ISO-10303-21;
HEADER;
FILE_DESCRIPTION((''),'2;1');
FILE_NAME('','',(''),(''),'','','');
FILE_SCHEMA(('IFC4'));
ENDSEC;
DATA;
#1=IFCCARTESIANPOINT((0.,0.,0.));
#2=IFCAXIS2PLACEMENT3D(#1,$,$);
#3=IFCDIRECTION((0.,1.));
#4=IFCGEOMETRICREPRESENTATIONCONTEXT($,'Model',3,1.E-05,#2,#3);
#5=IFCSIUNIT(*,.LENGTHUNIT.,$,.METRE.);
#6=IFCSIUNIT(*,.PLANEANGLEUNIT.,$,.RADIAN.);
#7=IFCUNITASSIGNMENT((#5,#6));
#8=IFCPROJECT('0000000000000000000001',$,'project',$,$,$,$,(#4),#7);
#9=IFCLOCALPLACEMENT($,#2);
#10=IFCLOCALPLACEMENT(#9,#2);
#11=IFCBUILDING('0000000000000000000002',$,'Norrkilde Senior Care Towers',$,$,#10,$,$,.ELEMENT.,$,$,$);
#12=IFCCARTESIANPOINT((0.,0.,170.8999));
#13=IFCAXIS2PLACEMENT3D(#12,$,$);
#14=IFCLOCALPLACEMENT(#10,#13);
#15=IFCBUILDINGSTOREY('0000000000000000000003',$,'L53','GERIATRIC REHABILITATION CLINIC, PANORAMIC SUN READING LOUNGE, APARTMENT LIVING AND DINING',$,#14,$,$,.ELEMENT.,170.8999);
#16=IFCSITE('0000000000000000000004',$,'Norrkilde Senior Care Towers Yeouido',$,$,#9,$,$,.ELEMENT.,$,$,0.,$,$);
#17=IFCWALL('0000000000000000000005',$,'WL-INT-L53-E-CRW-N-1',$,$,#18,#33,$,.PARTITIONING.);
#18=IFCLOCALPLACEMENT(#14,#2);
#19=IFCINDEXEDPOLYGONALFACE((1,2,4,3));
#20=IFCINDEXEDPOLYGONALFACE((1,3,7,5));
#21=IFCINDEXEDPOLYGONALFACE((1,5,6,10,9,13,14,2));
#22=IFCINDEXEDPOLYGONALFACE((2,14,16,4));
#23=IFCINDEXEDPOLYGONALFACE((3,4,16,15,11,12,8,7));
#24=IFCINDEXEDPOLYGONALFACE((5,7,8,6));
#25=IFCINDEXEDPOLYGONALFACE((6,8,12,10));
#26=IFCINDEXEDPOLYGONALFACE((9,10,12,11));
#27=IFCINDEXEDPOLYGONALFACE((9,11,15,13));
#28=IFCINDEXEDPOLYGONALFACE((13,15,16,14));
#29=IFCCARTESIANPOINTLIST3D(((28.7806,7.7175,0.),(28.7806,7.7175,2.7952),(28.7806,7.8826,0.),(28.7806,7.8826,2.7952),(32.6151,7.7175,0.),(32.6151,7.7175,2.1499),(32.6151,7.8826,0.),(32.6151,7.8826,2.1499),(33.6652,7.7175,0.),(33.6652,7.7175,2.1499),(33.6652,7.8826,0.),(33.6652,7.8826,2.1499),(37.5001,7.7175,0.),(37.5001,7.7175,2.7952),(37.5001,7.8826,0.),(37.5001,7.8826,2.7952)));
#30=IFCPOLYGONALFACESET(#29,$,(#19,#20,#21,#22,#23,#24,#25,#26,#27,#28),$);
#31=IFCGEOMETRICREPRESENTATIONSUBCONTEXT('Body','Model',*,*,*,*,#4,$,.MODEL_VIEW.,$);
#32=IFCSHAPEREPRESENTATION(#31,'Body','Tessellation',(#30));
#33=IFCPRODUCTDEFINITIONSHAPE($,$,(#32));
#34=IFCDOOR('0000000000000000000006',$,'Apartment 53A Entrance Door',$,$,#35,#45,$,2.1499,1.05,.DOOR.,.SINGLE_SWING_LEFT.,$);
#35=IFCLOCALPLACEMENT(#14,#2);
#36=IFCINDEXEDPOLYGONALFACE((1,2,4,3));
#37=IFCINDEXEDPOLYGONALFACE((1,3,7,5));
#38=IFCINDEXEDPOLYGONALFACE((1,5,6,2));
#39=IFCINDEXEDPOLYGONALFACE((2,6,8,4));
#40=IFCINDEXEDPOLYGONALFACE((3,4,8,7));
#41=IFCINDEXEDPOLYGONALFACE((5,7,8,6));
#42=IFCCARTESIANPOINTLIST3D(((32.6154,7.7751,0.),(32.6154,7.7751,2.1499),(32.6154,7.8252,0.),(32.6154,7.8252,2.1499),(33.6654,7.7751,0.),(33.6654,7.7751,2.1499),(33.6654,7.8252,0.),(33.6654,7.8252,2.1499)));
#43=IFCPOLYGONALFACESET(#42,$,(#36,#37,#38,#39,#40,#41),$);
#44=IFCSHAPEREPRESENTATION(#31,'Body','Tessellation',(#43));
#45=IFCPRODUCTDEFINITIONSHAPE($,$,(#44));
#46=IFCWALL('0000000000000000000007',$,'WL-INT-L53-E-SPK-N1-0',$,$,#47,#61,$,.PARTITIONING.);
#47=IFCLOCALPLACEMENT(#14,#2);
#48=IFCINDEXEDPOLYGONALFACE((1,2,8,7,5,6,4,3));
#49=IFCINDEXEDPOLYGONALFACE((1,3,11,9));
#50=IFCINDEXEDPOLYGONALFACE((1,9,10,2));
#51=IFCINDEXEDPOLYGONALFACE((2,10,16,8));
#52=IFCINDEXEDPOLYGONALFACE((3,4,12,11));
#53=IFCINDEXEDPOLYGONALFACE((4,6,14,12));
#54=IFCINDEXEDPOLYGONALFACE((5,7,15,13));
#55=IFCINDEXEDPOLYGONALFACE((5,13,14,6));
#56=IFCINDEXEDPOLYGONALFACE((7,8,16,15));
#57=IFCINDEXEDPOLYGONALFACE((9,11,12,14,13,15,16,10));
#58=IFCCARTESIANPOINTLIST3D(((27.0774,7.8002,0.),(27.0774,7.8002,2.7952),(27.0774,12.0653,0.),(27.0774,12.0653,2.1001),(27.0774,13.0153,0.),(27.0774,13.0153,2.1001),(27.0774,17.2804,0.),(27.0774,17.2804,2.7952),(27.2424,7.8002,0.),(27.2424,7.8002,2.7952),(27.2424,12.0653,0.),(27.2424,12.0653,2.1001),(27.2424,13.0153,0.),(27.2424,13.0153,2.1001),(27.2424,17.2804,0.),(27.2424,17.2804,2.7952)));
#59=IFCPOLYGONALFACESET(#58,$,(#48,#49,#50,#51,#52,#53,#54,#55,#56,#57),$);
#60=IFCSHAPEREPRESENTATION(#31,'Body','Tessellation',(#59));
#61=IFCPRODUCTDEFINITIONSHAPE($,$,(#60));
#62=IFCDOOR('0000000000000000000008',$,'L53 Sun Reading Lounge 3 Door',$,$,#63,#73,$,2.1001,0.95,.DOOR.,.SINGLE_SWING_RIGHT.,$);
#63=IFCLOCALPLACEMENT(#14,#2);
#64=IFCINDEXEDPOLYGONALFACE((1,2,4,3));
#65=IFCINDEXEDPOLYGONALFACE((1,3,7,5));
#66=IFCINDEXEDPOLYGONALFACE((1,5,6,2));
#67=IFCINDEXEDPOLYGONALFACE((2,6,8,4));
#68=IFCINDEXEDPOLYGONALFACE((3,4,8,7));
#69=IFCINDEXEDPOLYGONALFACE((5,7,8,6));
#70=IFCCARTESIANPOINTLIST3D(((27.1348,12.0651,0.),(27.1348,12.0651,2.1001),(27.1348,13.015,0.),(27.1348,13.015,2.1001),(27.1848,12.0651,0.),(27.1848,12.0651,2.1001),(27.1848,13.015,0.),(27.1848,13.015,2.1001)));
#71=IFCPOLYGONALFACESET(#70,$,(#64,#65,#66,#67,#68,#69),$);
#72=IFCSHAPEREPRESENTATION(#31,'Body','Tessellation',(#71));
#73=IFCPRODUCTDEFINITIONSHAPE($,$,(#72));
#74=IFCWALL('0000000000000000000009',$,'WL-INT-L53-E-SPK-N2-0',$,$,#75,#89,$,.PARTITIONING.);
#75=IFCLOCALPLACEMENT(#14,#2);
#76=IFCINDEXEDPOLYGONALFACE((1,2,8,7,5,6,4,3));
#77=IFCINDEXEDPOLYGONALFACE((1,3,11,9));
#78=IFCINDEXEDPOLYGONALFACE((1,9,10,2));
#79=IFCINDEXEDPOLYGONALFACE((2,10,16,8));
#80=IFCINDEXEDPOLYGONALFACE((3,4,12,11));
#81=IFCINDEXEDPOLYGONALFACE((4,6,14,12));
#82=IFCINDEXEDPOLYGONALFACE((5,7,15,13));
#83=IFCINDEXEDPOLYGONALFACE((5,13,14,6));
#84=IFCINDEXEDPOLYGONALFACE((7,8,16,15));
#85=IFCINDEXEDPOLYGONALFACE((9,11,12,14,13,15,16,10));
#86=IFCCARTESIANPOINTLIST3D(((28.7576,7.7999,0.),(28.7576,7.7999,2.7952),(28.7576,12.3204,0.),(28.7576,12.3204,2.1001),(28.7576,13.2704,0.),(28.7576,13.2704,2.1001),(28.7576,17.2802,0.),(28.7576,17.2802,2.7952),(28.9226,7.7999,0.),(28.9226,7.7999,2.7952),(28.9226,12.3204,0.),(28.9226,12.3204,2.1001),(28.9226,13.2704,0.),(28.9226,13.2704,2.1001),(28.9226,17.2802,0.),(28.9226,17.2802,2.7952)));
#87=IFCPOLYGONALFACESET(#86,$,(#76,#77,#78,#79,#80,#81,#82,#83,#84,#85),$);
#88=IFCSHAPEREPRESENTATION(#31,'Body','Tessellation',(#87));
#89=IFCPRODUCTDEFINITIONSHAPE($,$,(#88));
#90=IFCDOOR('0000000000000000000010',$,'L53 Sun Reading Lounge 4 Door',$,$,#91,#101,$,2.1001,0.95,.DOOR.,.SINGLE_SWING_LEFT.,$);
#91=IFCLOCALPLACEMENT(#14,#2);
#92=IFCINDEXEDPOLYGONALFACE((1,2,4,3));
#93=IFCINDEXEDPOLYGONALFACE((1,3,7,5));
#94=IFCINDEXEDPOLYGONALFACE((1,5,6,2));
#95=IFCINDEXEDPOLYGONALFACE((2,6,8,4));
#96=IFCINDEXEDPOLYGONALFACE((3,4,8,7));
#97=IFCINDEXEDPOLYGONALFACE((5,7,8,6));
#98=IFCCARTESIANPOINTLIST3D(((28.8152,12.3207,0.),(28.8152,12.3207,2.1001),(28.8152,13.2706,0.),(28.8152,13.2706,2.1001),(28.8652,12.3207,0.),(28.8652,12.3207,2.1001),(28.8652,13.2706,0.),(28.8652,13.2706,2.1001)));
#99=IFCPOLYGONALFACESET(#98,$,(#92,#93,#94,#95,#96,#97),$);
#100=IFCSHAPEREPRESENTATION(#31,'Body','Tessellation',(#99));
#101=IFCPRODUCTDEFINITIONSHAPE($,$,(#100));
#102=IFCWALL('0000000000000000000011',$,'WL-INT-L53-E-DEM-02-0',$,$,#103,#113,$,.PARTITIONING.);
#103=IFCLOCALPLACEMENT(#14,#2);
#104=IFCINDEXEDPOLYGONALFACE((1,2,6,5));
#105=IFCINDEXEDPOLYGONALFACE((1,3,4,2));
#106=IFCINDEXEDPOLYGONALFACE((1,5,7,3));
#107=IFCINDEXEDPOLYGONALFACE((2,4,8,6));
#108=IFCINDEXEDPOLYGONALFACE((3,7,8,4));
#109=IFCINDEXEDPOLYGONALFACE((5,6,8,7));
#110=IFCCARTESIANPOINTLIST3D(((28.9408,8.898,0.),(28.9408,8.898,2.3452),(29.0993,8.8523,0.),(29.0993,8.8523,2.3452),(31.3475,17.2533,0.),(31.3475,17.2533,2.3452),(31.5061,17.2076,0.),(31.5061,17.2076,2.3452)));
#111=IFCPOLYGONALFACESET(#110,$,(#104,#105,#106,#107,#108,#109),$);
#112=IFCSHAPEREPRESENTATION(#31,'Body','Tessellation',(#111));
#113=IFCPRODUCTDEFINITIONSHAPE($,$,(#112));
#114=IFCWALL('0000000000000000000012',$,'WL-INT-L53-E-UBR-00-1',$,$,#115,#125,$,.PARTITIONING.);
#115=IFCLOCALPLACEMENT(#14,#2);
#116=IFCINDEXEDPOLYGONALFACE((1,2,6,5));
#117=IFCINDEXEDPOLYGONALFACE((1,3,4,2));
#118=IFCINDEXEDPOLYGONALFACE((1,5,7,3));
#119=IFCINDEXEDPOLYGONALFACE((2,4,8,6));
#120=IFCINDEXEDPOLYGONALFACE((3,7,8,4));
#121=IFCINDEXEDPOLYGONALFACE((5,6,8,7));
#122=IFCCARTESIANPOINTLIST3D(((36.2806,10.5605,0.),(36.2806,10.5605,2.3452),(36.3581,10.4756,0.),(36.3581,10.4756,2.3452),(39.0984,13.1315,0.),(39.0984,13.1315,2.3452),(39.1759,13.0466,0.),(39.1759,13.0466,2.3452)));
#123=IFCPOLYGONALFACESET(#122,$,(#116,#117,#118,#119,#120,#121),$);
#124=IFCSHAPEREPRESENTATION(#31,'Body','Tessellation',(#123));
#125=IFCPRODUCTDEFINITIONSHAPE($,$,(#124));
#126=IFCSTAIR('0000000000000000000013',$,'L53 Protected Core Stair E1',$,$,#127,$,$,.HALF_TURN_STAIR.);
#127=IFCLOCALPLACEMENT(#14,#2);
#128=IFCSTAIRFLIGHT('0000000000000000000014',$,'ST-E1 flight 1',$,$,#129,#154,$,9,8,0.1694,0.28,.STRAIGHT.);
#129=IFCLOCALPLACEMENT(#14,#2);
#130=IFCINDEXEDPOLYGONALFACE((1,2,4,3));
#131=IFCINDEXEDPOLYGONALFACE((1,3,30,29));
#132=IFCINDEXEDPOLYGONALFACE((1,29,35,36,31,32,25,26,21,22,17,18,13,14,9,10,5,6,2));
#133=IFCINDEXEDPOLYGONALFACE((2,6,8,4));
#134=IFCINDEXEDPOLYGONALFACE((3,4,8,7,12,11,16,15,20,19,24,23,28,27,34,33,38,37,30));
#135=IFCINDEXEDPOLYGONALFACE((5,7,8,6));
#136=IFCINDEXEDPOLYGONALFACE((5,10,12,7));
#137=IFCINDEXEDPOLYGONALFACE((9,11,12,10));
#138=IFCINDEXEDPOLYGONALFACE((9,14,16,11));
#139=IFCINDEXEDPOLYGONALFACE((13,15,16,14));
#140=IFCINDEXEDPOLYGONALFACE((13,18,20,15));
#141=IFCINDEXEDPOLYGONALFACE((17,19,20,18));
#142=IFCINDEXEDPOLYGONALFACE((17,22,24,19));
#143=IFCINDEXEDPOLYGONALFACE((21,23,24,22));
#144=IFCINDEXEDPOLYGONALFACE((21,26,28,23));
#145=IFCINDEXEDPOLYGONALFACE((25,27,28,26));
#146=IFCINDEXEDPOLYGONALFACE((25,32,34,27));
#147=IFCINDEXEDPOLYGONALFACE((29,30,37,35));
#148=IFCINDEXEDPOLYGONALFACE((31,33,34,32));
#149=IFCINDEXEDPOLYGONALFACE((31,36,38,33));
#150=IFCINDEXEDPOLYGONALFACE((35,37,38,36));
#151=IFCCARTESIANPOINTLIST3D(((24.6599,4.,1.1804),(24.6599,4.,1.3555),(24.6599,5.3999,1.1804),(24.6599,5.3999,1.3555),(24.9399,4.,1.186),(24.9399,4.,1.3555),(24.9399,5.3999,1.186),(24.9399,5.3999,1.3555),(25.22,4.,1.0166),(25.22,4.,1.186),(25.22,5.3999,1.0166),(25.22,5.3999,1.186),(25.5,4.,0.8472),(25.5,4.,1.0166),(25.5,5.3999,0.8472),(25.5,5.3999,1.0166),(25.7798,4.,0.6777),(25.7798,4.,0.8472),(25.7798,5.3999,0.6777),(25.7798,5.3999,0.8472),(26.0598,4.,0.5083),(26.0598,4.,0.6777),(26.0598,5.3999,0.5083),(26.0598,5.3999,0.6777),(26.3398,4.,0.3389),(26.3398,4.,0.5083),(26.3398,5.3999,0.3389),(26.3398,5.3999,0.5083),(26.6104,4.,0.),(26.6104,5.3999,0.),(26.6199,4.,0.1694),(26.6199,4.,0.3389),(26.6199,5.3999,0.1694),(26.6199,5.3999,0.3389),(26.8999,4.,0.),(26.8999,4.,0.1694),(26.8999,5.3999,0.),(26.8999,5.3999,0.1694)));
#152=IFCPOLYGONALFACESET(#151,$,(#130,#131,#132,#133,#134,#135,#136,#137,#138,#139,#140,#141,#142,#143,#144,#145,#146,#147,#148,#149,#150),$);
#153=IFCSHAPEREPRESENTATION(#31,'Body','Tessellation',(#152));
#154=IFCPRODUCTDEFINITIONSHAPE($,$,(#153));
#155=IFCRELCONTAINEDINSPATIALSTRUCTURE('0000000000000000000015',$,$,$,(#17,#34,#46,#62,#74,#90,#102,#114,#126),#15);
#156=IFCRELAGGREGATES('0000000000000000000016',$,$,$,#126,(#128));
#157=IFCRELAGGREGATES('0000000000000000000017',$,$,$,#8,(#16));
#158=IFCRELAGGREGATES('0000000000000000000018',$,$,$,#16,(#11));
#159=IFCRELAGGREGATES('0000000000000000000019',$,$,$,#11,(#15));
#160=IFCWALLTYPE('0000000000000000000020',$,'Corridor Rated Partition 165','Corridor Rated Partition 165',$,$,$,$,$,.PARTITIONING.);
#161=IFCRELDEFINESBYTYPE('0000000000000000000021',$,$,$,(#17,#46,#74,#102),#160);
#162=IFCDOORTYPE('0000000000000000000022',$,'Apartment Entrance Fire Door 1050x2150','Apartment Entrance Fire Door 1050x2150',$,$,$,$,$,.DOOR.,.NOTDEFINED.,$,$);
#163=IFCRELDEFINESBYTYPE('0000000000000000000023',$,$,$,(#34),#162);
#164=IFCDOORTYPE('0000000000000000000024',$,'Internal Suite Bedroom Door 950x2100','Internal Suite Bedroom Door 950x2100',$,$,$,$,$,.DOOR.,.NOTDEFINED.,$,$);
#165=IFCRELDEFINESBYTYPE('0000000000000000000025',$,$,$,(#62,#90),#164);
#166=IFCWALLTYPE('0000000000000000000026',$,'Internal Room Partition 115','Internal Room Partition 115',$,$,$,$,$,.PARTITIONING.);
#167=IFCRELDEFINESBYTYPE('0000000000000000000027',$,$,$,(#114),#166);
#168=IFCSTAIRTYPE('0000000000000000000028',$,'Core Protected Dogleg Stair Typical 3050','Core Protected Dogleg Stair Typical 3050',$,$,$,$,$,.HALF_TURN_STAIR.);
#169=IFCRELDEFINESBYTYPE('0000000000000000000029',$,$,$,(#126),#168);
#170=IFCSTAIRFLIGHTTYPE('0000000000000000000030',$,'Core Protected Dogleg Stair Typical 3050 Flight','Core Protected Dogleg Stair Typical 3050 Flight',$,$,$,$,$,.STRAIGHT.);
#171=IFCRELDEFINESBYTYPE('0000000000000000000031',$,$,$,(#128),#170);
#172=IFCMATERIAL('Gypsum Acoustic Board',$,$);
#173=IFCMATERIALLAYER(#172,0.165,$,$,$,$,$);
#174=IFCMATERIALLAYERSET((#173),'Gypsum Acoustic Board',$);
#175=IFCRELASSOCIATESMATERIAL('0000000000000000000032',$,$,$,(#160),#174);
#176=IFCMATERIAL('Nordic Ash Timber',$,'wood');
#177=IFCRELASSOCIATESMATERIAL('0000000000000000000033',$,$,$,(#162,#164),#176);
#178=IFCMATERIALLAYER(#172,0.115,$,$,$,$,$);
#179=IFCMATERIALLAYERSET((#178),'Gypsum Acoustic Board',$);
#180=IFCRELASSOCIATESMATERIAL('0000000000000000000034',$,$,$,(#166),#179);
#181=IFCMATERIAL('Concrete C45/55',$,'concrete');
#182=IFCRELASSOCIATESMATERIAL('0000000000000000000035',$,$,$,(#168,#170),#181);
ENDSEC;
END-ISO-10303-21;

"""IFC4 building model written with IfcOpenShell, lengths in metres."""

from ifc_helpers import new_model, si_unit, direction, frame, frame_2d, origin, place, context, subcontext, project, spatial, polyline, rectangle, outline, extrude, source, transform, mapped, material, layer, layer_set, type_object, type_shapes, element, fill, aggregate, save


model = new_model("IFC4")

# Units and contexts
model_context = context("Model", 3, precision=1e-05, world=origin(), true_north=direction((0.0, 1.0)))
body_context = subcontext(model_context, "Body", "Model", "MODEL_VIEW")
ifc_project = project(units=[si_unit("LENGTHUNIT", "METRE"), si_unit("PLANEANGLEUNIT", "RADIAN")], contexts=[model_context])

# Site, building, storey
site_placement = place(None, origin())
site = spatial("IfcSite", under=ifc_project, at=site_placement, Name="Norrkilde Senior Care Towers Yeouido", CompositionType="ELEMENT", RefElevation=0.0)
building_placement = place(site_placement, origin())
building = spatial("IfcBuilding", under=site, at=building_placement, Name="Norrkilde Senior Care Towers", CompositionType="ELEMENT")
storey_placement = place(building_placement, frame((0.0, 0.0, 170.8999)))
storey = spatial("IfcBuildingStorey", under=building, at=storey_placement, Name="L53", Description="GERIATRIC REHABILITATION CLINIC, PANORAMIC SUN READING LOUNGE, APARTMENT LIVING AND DINING", CompositionType="ELEMENT", Elevation=170.8999)

# Shared definitions
ifc_material_1 = material(Name="Concrete C45/55", Category="concrete")

# Walls, openings, doors
ifc_material_2 = material(Name="Gypsum Acoustic Board")
ifc_layer_1 = layer(ifc_material_2, 0.165)
ifc_layer_set_1 = layer_set([ifc_layer_1], Name="Gypsum Acoustic Board")
wall_type_1 = type_object("IfcWallType", Name="Corridor Rated Partition 165", Description="Corridor Rated Partition 165", PredefinedType="PARTITIONING", material=ifc_layer_set_1)
shared_shape_1 = source(origin(), body_context, "Body", "SweptSolid", [
    extrude(rectangle(XDim=8.7195, YDim=0.165, at=frame_2d((4.3599, 0.0))), origin(), (0.0, 0.0, 1.0), 2.7952),
])
wall_1_placement = place(storey_placement, frame((28.7805, 7.8, 0.0), z_axis=(0.0, 0.0, 1.0), x_axis=(1.0, 0.0, 0.0)))
wall_1 = element("IfcWall", 1, at=wall_1_placement, inside=storey, type_object=wall_type_1, Name="WL-INT-L53-E-CRW-N-1", PredefinedType="PARTITIONING", context=body_context, shape_type="MappedRepresentation", body=[
    mapped(shared_shape_1, transform((0.0, 0.0, 0.0), x_axis=(1.0, 0.0, 0.0), y_axis=(0.0, 1.0, 0.0), z_axis=(0.0, 0.0, 1.0), scale=1.0)),
])
opening_1_placement = place(wall_1_placement, frame((3.8347, 0.0, 0.0)))
opening_1 = element("IfcOpeningElement", 2, at=opening_1_placement, cuts=wall_1, PredefinedType="OPENING", context=body_context, shape_type="SweptSolid", body=[
    extrude(rectangle(XDim=1.05, YDim=2.1499, at=frame_2d((0.5249, 1.075))), frame((0.0, 0.0925, 0.0), z_axis=(0.0, -1.0, 0.0), x_axis=(1.0, 0.0, 0.0)), (0.0, 0.0, 1.0), 0.1851),
])
ifc_material_3 = material(Name="Nordic Ash Timber", Category="wood")
door_type_1 = type_object("IfcDoorType", Name="Apartment Entrance Fire Door 1050x2150", Description="Apartment Entrance Fire Door 1050x2150", OperationType="NOTDEFINED", PredefinedType="DOOR", material=ifc_material_3)
shared_shape_2 = source(origin(), body_context, "Body", "SweptSolid", [
    extrude(rectangle(XDim=1.05, YDim=2.1499, at=frame_2d((0.5249, 1.075))), frame((0.0, 0.0249, 0.0), z_axis=(0.0, -1.0, 0.0), x_axis=(1.0, 0.0, 0.0)), (0.0, 0.0, 1.0), 0.05),
])
type_shapes(door_type_1, [shared_shape_2])
door_1_placement = place(opening_1_placement, frame((1.05, 0.0, 0.0), z_axis=(0.0, 0.0, 1.0), x_axis=(-1.0, 0.0, 0.0)))
door_1 = element("IfcDoor", 3, at=door_1_placement, inside=storey, type_object=door_type_1, Name="Apartment 53A Entrance Door", OperationType="SINGLE_SWING_LEFT", OverallHeight=2.1499, OverallWidth=1.05, PredefinedType="DOOR", context=body_context, shape_type="MappedRepresentation", body=[
    mapped(shared_shape_2, transform((0.0, 0.0, 0.0), x_axis=(1.0, 0.0, 0.0), y_axis=(0.0, 1.0, 0.0), z_axis=(0.0, 0.0, 1.0), scale=1.0)),
])
fill(opening_1, door_1)
shared_shape_3 = source(origin(), body_context, "Body", "SweptSolid", [
    extrude(rectangle(XDim=9.4802, YDim=0.165, at=frame_2d((4.7402, 0.0))), origin(), (0.0, 0.0, 1.0), 2.7952),
])
wall_2_placement = place(storey_placement, frame((27.1599, 7.8, 0.0), z_axis=(0.0, 0.0, 1.0), x_axis=(0.0, 1.0, 0.0)))
wall_2 = element("IfcWall", 4, at=wall_2_placement, inside=storey, type_object=wall_type_1, Name="WL-INT-L53-E-SPK-N1-0", PredefinedType="PARTITIONING", context=body_context, shape_type="MappedRepresentation", body=[
    mapped(shared_shape_3, transform((0.0, 0.0, 0.0), x_axis=(1.0, 0.0, 0.0), y_axis=(0.0, 1.0, 0.0), z_axis=(0.0, 0.0, 1.0), scale=1.0)),
])
opening_2_placement = place(wall_2_placement, frame((4.2651, 0.0, 0.0)))
opening_2 = element("IfcOpeningElement", 5, at=opening_2_placement, cuts=wall_2, PredefinedType="OPENING", context=body_context, shape_type="SweptSolid", body=[
    extrude(rectangle(XDim=0.95, YDim=2.1001, at=frame_2d((0.4751, 1.05))), frame((0.0, 0.0925, 0.0), z_axis=(0.0, -1.0, 0.0), x_axis=(1.0, 0.0, 0.0)), (0.0, 0.0, 1.0), 0.1851),
])
door_type_2 = type_object("IfcDoorType", Name="Internal Suite Bedroom Door 950x2100", Description="Internal Suite Bedroom Door 950x2100", OperationType="NOTDEFINED", PredefinedType="DOOR", material=ifc_material_3)
shared_shape_4 = source(origin(), body_context, "Body", "SweptSolid", [
    extrude(rectangle(XDim=0.95, YDim=2.1001, at=frame_2d((0.4751, 1.05))), frame((0.0, 0.0249, 0.0), z_axis=(0.0, -1.0, 0.0), x_axis=(1.0, 0.0, 0.0)), (0.0, 0.0, 1.0), 0.05),
])
type_shapes(door_type_2, [shared_shape_4])
door_2_placement = place(opening_2_placement, frame((0.95, 0.0, 0.0), z_axis=(0.0, 0.0, 1.0), x_axis=(-1.0, 0.0, 0.0)))
door_2 = element("IfcDoor", 6, at=door_2_placement, inside=storey, type_object=door_type_2, Name="L53 Sun Reading Lounge 3 Door", OperationType="SINGLE_SWING_RIGHT", OverallHeight=2.1001, OverallWidth=0.95, PredefinedType="DOOR", context=body_context, shape_type="MappedRepresentation", body=[
    mapped(shared_shape_4, transform((0.0, 0.0, 0.0), x_axis=(1.0, 0.0, 0.0), y_axis=(0.0, 1.0, 0.0), z_axis=(0.0, 0.0, 1.0), scale=1.0)),
])
fill(opening_2, door_2)
wall_3_placement = place(storey_placement, frame((28.8401, 17.2803, 0.0), z_axis=(0.0, 0.0, 1.0), x_axis=(0.0, -1.0, 0.0)))
wall_3 = element("IfcWall", 7, at=wall_3_placement, inside=storey, type_object=wall_type_1, Name="WL-INT-L53-E-SPK-N2-0", PredefinedType="PARTITIONING", context=body_context, shape_type="MappedRepresentation", body=[
    mapped(shared_shape_3, transform((0.0, 0.0, 0.0), x_axis=(1.0, 0.0, 0.0), y_axis=(0.0, 1.0, 0.0), z_axis=(0.0, 0.0, 1.0), scale=1.0)),
])
opening_3_placement = place(wall_3_placement, frame((4.0098, 0.0, 0.0)))
opening_3 = element("IfcOpeningElement", 8, at=opening_3_placement, cuts=wall_3, PredefinedType="OPENING", context=body_context, shape_type="SweptSolid", body=[
    extrude(rectangle(XDim=0.95, YDim=2.1001, at=frame_2d((0.4751, 1.05))), frame((0.0, 0.0925, 0.0), z_axis=(0.0, -1.0, 0.0), x_axis=(1.0, 0.0, 0.0)), (0.0, 0.0, 1.0), 0.1851),
])
door_3_placement = place(opening_3_placement, frame((0.95, 0.0, 0.0), z_axis=(0.0, 0.0, 1.0), x_axis=(-1.0, 0.0, 0.0)))
door_3 = element("IfcDoor", 9, at=door_3_placement, inside=storey, type_object=door_type_2, Name="L53 Sun Reading Lounge 4 Door", OperationType="SINGLE_SWING_LEFT", OverallHeight=2.1001, OverallWidth=0.95, PredefinedType="DOOR", context=body_context, shape_type="MappedRepresentation", body=[
    mapped(shared_shape_4, transform((0.0, 0.0, 0.0), x_axis=(1.0, 0.0, 0.0), y_axis=(0.0, 1.0, 0.0), z_axis=(0.0, 0.0, 1.0), scale=1.0)),
])
fill(opening_3, door_3)

# Walls
shared_shape_5 = source(origin(), body_context, "Body", "SweptSolid", [
    extrude(rectangle(XDim=8.6951, YDim=0.165, at=frame_2d((4.3477, 0.0))), origin(), (0.0, 0.0, 1.0), 2.3452),
])
type_shapes(wall_type_1, [shared_shape_1, shared_shape_3, shared_shape_5])
wall_4_placement = place(storey_placement, frame((29.02, 8.875, 0.0), z_axis=(0.0, 0.0, 1.0), x_axis=(0.276797, 0.960928, 0.0)))
element("IfcWall", 10, at=wall_4_placement, inside=storey, type_object=wall_type_1, Name="WL-INT-L53-E-DEM-02-0", PredefinedType="PARTITIONING", context=body_context, shape_type="MappedRepresentation", body=[
    mapped(shared_shape_5, transform((0.0, 0.0, 0.0), x_axis=(1.0, 0.0, 0.0), y_axis=(0.0, 1.0, 0.0), z_axis=(0.0, 0.0, 1.0), scale=1.0)),
])
ifc_layer_2 = layer(ifc_material_2, 0.115)
ifc_layer_set_2 = layer_set([ifc_layer_2], Name="Gypsum Acoustic Board")
wall_type_2 = type_object("IfcWallType", Name="Internal Room Partition 115", Description="Internal Room Partition 115", PredefinedType="PARTITIONING", material=ifc_layer_set_2)
shared_shape_6 = source(origin(), body_context, "Body", "SweptSolid", [
    extrude(rectangle(XDim=3.8145, YDim=0.115, at=frame_2d((1.9072, 0.0))), origin(), (0.0, 0.0, 1.0), 2.3452),
])
type_shapes(wall_type_2, [shared_shape_6])
wall_5_placement = place(storey_placement, frame((36.3193, 10.5181, 0.0), z_axis=(0.0, 0.0, 1.0), x_axis=(0.73872, 0.674013, 0.0)))
element("IfcWall", 11, at=wall_5_placement, inside=storey, type_object=wall_type_2, Name="WL-INT-L53-E-UBR-00-1", PredefinedType="PARTITIONING", context=body_context, shape_type="MappedRepresentation", body=[
    mapped(shared_shape_6, transform((0.0, 0.0, 0.0), x_axis=(1.0, 0.0, 0.0), y_axis=(0.0, 1.0, 0.0), z_axis=(0.0, 0.0, 1.0), scale=1.0)),
])

# Stair, stair flight
stair_type = type_object("IfcStairType", Name="Core Protected Dogleg Stair Typical 3050", Description="Core Protected Dogleg Stair Typical 3050", PredefinedType="HALF_TURN_STAIR", material=ifc_material_1)
stair_placement = place(storey_placement, origin())
stair = element("IfcStair", 12, at=stair_placement, inside=storey, type_object=stair_type, Name="L53 Protected Core Stair E1", PredefinedType="HALF_TURN_STAIR")
stair_flight_type = type_object("IfcStairFlightType", Name="Core Protected Dogleg Stair Typical 3050 Flight", Description="Core Protected Dogleg Stair Typical 3050 Flight", PredefinedType="STRAIGHT", material=ifc_material_1)
stair_flight_placement = place(storey_placement, frame((26.8999, 4.7, 0.0), z_axis=(0.0, 0.0, 1.0), x_axis=(-1.0, 0.0, 0.0)))
stair_flight = element("IfcStairFlight", 13, at=stair_flight_placement, type_object=stair_flight_type, Name="ST-E1 flight 1", NumberOfRisers=9, NumberOfTreads=8, PredefinedType="STRAIGHT", RiserHeight=0.1694, TreadLength=0.28, context=body_context, shape_type="SweptSolid", body=[
    extrude(outline(polyline([(0.0, 0.0), (0.0, 0.1694), (0.28, 0.1694), (0.28, 0.3389), (0.5601, 0.3389), (0.5601, 0.5083), (0.8401, 0.5083), (0.8401, 0.6777), (1.1201, 0.6777), (1.1201, 0.8472), (1.3999, 0.8472), (1.3999, 1.0166), (1.6799, 1.0166), (1.6799, 1.186), (1.96, 1.186), (1.96, 1.3555), (2.24, 1.3555), (2.24, 1.5249), (2.24, 1.1804), (0.2896, 0.0), (0.0, 0.0)])), frame((0.0, 0.7, 0.0), z_axis=(0.0, -1.0, 0.0), x_axis=(1.0, 0.0, 0.0)), (0.0, 0.0, 1.0), 1.3999),
])
aggregate(stair, [stair_flight])

save(model, "model.ifc")
